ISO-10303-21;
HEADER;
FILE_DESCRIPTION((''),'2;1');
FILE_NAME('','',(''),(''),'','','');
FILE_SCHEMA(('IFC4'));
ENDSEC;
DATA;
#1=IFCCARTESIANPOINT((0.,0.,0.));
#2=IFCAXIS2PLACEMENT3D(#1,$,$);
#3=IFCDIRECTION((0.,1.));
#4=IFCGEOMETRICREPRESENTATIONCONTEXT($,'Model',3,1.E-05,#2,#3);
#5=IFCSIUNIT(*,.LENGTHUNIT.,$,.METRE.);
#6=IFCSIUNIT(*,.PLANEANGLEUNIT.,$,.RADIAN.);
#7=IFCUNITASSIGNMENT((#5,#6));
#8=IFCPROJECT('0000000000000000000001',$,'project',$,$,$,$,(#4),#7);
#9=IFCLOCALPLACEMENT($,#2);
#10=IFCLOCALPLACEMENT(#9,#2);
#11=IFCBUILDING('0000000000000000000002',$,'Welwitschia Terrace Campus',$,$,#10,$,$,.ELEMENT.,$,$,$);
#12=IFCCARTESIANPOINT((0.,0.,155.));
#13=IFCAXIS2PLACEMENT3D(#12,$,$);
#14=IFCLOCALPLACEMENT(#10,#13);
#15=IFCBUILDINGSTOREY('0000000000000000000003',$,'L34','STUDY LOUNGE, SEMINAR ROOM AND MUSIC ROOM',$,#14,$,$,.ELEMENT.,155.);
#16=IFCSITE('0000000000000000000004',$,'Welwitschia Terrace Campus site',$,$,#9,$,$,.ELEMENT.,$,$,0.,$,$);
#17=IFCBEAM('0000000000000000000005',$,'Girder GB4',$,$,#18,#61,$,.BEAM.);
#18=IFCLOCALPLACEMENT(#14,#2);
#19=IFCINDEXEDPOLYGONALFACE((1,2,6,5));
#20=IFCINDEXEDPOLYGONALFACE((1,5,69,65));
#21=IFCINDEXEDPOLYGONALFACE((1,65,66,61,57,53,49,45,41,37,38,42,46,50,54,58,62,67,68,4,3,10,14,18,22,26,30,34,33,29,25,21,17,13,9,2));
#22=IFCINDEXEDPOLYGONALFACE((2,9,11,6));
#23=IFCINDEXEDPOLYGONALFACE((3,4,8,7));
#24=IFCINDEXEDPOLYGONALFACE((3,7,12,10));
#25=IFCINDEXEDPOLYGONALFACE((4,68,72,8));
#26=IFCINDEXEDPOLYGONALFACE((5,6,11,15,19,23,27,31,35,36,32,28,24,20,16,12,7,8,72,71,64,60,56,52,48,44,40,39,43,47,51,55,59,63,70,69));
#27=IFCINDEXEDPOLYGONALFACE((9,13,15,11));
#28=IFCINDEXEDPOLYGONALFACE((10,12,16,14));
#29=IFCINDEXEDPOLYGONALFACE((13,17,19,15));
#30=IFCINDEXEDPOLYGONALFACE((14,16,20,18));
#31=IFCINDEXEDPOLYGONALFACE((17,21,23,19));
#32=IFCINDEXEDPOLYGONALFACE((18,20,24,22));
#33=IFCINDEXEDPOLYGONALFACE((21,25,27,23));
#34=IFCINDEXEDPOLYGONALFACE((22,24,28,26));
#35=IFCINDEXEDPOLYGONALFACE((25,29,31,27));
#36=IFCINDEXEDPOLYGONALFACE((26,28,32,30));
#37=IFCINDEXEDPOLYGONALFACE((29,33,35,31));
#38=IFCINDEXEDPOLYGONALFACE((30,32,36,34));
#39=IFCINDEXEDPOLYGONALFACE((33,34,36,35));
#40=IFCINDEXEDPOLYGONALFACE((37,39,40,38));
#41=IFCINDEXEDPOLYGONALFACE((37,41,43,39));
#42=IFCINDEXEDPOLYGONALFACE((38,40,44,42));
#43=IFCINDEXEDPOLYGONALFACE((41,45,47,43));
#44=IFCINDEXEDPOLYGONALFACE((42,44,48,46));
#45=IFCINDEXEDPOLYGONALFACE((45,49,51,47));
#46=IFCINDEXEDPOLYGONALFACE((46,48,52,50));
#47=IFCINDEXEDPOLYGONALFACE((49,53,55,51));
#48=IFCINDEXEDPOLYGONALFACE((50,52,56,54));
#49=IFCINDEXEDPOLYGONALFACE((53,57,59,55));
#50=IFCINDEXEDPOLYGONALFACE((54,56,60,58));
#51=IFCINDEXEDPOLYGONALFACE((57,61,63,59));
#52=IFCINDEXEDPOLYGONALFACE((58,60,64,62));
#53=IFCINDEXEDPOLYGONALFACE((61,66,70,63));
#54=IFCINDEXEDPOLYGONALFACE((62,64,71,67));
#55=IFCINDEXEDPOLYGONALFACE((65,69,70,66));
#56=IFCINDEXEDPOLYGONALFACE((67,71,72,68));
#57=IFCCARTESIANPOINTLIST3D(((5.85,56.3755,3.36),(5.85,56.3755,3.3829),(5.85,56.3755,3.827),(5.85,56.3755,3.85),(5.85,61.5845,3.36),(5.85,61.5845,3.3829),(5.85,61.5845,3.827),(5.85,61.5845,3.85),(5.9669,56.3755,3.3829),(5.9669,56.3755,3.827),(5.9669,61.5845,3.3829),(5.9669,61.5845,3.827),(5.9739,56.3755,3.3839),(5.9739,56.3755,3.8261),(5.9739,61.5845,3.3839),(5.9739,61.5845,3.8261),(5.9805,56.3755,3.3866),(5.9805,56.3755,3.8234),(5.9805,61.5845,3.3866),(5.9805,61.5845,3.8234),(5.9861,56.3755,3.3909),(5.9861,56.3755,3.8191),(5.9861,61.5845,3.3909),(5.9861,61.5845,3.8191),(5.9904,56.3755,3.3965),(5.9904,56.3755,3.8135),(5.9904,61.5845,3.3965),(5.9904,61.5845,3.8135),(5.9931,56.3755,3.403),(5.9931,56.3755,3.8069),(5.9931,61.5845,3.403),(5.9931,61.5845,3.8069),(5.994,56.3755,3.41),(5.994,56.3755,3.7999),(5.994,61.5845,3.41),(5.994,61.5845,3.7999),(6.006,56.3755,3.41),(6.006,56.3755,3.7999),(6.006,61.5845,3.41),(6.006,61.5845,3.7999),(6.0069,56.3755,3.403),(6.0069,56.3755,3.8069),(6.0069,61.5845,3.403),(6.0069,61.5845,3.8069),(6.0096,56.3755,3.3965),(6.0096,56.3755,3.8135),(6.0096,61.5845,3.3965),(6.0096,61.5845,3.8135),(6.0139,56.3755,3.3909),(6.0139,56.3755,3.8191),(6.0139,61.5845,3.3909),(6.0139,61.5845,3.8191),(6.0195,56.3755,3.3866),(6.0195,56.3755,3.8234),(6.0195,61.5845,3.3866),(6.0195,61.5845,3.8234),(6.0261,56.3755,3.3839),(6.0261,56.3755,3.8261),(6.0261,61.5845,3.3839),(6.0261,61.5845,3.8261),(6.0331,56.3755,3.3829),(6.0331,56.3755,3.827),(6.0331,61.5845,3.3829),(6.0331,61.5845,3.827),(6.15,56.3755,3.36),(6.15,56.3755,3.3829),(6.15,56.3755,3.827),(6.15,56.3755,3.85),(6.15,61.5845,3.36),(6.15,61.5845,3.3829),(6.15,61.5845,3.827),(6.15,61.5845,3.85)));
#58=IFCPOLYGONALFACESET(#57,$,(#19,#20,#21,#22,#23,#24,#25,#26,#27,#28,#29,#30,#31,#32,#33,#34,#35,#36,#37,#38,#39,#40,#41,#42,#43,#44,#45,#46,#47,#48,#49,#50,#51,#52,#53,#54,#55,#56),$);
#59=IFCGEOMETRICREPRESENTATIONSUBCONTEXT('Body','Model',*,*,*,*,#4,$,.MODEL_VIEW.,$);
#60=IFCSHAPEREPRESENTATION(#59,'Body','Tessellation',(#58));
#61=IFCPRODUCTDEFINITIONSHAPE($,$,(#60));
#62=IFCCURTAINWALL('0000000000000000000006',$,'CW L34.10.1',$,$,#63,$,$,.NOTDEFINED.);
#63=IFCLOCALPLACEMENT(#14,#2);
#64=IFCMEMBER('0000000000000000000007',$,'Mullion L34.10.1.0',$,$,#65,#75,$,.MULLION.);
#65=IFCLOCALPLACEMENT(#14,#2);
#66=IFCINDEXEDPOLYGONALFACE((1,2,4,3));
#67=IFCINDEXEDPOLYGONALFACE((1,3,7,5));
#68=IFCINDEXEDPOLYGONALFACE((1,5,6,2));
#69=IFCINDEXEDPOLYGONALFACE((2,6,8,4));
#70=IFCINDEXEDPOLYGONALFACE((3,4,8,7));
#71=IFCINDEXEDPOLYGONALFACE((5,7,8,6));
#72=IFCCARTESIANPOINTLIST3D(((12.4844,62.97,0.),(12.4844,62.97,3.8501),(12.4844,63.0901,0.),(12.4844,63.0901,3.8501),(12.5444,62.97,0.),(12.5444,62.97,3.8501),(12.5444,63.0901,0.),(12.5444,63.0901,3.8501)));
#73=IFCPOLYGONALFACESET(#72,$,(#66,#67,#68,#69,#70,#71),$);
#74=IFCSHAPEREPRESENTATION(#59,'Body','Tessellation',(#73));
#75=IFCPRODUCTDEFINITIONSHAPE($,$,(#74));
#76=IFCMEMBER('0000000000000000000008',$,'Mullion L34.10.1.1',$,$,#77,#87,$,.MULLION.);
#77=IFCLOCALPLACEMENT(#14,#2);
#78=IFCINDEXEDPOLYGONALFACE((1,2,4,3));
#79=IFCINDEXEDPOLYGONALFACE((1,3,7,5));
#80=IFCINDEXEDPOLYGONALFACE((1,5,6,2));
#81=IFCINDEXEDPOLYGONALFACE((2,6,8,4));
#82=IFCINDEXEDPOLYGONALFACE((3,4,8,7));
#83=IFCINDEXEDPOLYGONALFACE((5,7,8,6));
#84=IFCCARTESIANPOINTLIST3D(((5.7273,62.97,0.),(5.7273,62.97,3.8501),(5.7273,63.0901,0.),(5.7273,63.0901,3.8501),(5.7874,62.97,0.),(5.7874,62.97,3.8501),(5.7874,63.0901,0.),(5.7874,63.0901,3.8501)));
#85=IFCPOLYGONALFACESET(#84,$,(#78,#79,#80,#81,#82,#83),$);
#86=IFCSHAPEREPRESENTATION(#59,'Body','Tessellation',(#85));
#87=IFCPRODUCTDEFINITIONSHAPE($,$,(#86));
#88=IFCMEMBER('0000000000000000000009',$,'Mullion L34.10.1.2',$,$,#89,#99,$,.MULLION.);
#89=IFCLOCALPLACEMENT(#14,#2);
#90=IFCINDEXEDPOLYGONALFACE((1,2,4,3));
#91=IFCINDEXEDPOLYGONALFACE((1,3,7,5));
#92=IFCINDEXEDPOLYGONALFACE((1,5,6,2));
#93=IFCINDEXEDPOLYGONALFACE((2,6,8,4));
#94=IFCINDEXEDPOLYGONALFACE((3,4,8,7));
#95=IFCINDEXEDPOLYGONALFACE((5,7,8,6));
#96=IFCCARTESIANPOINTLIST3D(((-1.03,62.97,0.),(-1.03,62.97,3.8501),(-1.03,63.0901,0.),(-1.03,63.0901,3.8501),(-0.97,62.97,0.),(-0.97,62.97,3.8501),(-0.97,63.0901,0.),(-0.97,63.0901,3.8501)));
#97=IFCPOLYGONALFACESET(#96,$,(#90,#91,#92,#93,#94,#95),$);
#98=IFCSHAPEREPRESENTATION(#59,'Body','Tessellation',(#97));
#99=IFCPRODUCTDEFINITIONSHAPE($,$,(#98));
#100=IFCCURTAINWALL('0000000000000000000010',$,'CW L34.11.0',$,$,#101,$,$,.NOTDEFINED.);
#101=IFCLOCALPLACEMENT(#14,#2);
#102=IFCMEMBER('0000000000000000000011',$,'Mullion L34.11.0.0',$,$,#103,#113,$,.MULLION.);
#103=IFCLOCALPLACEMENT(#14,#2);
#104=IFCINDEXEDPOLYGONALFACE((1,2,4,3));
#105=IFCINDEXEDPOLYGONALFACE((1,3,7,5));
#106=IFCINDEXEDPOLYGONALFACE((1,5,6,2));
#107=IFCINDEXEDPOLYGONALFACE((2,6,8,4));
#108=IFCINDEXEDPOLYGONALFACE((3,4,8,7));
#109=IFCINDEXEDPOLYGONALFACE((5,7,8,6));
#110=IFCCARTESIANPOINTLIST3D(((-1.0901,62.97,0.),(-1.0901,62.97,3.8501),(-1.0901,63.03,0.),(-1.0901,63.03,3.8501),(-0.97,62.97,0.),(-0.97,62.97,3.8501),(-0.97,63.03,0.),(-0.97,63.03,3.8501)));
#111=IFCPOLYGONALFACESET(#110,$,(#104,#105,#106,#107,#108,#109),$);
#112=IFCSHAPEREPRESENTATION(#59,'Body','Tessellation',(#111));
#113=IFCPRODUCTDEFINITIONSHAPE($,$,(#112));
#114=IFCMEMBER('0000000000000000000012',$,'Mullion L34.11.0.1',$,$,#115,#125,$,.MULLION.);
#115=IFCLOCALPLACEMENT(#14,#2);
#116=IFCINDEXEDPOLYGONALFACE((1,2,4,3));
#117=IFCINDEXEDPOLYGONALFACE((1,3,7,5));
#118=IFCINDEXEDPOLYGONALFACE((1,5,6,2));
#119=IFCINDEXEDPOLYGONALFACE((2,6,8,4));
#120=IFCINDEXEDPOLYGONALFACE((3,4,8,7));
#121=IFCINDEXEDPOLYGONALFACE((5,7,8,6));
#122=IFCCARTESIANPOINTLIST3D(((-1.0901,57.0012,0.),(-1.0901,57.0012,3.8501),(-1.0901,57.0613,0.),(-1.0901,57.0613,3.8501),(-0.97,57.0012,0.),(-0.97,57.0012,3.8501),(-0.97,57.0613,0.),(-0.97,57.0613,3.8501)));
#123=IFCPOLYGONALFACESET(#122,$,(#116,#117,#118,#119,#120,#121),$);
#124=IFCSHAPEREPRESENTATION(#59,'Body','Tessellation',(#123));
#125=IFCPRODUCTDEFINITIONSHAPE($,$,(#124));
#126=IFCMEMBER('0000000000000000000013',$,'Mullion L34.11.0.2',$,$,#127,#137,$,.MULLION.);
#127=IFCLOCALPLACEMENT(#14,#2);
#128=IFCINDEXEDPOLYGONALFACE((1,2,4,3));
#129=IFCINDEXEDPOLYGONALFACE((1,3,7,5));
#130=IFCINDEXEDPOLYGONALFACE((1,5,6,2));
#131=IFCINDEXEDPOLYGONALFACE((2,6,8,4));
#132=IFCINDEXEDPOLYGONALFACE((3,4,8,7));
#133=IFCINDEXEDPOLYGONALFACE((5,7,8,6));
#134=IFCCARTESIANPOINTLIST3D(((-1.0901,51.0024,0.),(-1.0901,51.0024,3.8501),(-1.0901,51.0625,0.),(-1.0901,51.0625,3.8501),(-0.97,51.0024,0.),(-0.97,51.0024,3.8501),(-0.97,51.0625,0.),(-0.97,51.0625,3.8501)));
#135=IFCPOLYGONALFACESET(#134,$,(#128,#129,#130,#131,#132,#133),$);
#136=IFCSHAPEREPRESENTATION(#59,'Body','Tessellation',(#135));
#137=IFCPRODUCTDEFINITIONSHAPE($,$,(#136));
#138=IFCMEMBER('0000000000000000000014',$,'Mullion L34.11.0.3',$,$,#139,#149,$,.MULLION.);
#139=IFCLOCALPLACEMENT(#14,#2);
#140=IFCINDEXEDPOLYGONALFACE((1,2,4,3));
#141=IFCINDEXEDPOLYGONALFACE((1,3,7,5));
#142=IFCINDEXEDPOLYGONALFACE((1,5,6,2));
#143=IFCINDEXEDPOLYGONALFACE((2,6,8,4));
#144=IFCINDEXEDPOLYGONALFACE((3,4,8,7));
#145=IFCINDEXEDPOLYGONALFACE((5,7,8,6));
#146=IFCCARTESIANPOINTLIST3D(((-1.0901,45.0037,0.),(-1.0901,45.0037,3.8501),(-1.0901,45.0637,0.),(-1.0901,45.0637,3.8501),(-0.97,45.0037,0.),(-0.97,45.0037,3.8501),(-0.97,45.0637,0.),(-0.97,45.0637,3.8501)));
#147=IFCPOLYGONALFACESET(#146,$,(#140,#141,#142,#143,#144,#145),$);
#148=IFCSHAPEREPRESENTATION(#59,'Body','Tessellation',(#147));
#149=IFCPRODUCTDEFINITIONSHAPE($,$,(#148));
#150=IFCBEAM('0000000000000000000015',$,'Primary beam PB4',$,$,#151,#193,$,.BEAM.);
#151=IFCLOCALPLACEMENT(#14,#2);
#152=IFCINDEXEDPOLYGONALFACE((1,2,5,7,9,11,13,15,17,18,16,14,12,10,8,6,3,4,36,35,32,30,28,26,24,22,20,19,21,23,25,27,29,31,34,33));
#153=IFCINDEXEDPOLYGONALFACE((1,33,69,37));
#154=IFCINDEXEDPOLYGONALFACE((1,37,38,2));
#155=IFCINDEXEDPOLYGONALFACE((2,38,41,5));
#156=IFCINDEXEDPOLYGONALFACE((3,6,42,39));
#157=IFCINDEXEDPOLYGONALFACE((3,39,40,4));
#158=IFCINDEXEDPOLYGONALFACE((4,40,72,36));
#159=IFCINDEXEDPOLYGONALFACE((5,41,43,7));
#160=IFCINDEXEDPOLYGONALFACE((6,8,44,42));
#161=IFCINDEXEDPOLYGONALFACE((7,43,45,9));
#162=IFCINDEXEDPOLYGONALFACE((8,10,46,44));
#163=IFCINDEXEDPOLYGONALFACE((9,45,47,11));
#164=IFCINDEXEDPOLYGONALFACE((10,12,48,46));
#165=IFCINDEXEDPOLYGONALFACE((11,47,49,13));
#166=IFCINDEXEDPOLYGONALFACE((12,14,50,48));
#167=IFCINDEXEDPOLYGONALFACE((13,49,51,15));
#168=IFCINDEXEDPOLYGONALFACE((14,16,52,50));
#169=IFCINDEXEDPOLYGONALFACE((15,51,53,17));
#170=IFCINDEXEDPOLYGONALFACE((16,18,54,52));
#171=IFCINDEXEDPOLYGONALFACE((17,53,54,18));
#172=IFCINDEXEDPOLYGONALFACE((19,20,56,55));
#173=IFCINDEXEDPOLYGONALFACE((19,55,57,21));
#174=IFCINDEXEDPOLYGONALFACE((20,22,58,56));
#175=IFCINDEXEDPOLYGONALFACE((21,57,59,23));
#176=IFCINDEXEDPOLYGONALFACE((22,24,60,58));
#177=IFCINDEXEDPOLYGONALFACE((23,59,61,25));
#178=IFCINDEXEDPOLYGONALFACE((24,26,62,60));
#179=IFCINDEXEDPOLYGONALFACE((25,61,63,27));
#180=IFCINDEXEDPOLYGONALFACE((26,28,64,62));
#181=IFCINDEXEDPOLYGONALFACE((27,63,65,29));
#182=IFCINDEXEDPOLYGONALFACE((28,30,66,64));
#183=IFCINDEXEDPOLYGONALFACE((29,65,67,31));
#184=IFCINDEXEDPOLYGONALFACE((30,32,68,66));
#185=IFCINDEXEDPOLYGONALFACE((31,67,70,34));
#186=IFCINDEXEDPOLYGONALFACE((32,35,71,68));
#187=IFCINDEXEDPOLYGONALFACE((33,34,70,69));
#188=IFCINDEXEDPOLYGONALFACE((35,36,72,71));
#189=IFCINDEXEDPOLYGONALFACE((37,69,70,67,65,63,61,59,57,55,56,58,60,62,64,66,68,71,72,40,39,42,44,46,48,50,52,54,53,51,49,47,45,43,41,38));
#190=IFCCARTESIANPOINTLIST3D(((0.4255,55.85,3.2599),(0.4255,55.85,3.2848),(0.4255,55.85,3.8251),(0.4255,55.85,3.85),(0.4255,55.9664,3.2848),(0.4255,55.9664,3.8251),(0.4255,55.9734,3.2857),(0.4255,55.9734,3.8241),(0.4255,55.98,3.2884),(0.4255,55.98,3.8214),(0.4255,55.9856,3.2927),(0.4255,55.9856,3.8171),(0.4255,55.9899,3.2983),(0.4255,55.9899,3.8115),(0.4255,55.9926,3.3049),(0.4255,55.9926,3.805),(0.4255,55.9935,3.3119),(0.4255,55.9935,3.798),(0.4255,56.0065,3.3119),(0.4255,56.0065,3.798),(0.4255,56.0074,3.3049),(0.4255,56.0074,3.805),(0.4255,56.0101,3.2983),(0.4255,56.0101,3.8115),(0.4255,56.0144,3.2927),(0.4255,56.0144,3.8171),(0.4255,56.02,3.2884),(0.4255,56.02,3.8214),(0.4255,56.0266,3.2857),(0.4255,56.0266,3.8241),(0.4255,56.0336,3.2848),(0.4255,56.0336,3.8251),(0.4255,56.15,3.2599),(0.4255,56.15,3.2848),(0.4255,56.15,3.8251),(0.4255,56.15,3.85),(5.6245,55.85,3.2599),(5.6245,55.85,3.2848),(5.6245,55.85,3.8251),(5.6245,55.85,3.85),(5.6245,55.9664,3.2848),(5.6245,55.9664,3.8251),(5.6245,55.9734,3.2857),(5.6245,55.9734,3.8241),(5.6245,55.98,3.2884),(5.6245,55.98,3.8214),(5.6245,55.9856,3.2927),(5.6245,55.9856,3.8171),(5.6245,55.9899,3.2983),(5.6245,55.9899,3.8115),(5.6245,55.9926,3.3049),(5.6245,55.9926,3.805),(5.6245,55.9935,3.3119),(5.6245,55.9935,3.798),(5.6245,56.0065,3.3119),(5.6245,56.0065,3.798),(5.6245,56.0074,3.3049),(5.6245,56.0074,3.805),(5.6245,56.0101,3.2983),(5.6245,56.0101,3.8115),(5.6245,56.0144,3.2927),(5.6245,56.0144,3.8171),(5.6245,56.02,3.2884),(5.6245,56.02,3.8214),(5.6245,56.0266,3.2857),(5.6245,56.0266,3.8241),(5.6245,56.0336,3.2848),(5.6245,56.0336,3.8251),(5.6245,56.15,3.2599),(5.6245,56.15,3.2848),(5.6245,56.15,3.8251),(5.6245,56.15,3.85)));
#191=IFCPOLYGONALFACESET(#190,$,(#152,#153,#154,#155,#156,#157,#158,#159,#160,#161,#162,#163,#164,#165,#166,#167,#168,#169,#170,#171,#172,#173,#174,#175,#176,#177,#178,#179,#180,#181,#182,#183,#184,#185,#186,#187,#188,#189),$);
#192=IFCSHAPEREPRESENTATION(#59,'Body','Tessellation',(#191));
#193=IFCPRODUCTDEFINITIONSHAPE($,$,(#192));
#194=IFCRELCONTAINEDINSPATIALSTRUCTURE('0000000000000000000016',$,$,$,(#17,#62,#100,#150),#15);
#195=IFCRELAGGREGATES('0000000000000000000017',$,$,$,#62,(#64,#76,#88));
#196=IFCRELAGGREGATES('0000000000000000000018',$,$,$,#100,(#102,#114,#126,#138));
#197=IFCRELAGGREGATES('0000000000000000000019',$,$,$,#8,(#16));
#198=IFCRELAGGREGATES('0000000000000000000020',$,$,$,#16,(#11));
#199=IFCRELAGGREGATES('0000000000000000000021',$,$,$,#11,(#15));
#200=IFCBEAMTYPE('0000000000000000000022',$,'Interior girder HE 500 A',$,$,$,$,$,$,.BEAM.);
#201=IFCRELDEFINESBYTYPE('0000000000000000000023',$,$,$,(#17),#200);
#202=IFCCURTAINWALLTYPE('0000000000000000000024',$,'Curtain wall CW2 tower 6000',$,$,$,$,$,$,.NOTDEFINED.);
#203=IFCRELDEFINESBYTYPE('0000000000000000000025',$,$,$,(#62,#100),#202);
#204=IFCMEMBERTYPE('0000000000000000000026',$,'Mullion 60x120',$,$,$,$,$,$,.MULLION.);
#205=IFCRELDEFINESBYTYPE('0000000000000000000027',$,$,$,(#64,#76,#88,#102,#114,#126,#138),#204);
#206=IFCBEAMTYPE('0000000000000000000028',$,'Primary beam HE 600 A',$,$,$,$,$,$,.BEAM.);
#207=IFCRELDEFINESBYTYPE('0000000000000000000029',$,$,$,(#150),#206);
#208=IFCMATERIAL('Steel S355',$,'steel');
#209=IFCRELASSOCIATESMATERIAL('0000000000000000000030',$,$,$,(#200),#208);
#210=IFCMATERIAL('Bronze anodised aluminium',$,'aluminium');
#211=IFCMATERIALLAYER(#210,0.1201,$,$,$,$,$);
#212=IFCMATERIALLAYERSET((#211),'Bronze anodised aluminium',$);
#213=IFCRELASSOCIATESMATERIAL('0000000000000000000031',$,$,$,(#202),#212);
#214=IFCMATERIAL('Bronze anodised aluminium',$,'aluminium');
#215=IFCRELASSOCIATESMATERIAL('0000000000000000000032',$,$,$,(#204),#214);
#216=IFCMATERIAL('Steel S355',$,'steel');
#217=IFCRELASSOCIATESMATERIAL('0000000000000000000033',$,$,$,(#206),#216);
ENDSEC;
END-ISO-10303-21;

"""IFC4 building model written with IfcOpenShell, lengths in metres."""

from ifc_helpers import new_model, si_unit, direction, frame, origin, origin_2d, place, context, subcontext, project, spatial, rectangle, i_section, extrude, material, layer, layer_set, material_profile, profile_set, type_object, element, aggregate, save


model = new_model("IFC4")

# Units and contexts
model_context = context("Model", 3, precision=1e-05, world=origin(), true_north=direction((0.0, 1.0)))
body_context = subcontext(model_context, "Body", "Model", "MODEL_VIEW")
ifc_project = project(units=[si_unit("LENGTHUNIT", "METRE"), si_unit("PLANEANGLEUNIT", "RADIAN")], contexts=[model_context])

# Site, building, storey
site_placement = place(None, origin())
site = spatial("IfcSite", under=ifc_project, at=site_placement, Name="Welwitschia Terrace Campus site", CompositionType="ELEMENT", RefElevation=0.0)
building_placement = place(site_placement, origin())
building = spatial("IfcBuilding", under=site, at=building_placement, Name="Welwitschia Terrace Campus", CompositionType="ELEMENT")
storey_placement = place(building_placement, frame((0.0, 0.0, 155.0)))
storey = spatial("IfcBuildingStorey", under=building, at=storey_placement, Name="L34", Description="STUDY LOUNGE, SEMINAR ROOM AND MUSIC ROOM", CompositionType="ELEMENT", Elevation=155.0)

# Beam
ifc_material_1 = material(Name="Steel S355", Category="steel")
ifc_material_profile_1 = material_profile(ifc_material_1, i_section(OverallWidth=0.3, OverallDepth=0.49, WebThickness=0.012, FlangeThickness=0.0229, FilletRadius=0.0271, at=origin_2d()))
ifc_profile_set_1 = profile_set([ifc_material_profile_1], Name="Steel S355")
beam_type_1 = type_object("IfcBeamType", Name="Interior girder HE 500 A", PredefinedType="BEAM", material=ifc_profile_set_1)
beam_1_placement = place(storey_placement, frame((6.0, 56.3755, 3.605), z_axis=(0.0, 1.0, 0.0), x_axis=(-1.0, 0.0, 0.0)))
element("IfcBeam", 1, at=beam_1_placement, inside=storey, type_object=beam_type_1, Name="Girder GB4", PredefinedType="BEAM", context=body_context, shape_type="SweptSolid", body=[
    extrude(i_section(OverallWidth=0.3, OverallDepth=0.49, WebThickness=0.012, FlangeThickness=0.0229, FilletRadius=0.0271, at=origin_2d()), origin(), (0.0, 0.0, 1.0), 5.209),
])

# Curtain walls, members
ifc_material_2 = material(Name="Bronze anodised aluminium", Category="aluminium")
ifc_layer_1 = layer(ifc_material_2, 0.1201)
ifc_layer_set_1 = layer_set([ifc_layer_1], Name="Bronze anodised aluminium")
curtain_wall_type = type_object("IfcCurtainWallType", Name="Curtain wall CW2 tower 6000", PredefinedType="NOTDEFINED", material=ifc_layer_set_1)
curtain_wall_1_placement = place(storey_placement, origin())
curtain_wall_1 = element("IfcCurtainWall", 2, at=curtain_wall_1_placement, inside=storey, type_object=curtain_wall_type, Name="CW L34.10.1", PredefinedType="NOTDEFINED")
ifc_material_3 = material(Name="Bronze anodised aluminium", Category="aluminium")
ifc_material_profile_2 = material_profile(ifc_material_3, rectangle(XDim=0.1201, YDim=0.0601, at=origin_2d()))
ifc_profile_set_2 = profile_set([ifc_material_profile_2], Name="Bronze anodised aluminium")
member_type_1 = type_object("IfcMemberType", Name="Mullion 60x120", PredefinedType="MULLION", material=ifc_profile_set_2)
member_1_placement = place(storey_placement, frame((12.5144, 63.03, 0.0), z_axis=(0.0, 0.0, 1.0), x_axis=(0.0, -1.0, 0.0)))
member_1 = element("IfcMember", 3, at=member_1_placement, type_object=member_type_1, Name="Mullion L34.10.1.0", PredefinedType="MULLION", context=body_context, shape_type="SweptSolid", body=[
    extrude(rectangle(XDim=0.1201, YDim=0.0601, at=origin_2d()), origin(), (0.0, 0.0, 1.0), 3.8501),
])
member_2_placement = place(storey_placement, frame((5.7573, 63.03, 0.0), z_axis=(0.0, 0.0, 1.0), x_axis=(0.0, -1.0, 0.0)))
member_2 = element("IfcMember", 4, at=member_2_placement, type_object=member_type_1, Name="Mullion L34.10.1.1", PredefinedType="MULLION", context=body_context, shape_type="SweptSolid", body=[
    extrude(rectangle(XDim=0.1201, YDim=0.0601, at=origin_2d()), origin(), (0.0, 0.0, 1.0), 3.8501),
])
member_3_placement = place(storey_placement, frame((-1.0, 63.03, 0.0), z_axis=(0.0, 0.0, 1.0), x_axis=(0.0, -1.0, 0.0)))
member_3 = element("IfcMember", 5, at=member_3_placement, type_object=member_type_1, Name="Mullion L34.10.1.2", PredefinedType="MULLION", context=body_context, shape_type="SweptSolid", body=[
    extrude(rectangle(XDim=0.1201, YDim=0.0601, at=origin_2d()), origin(), (0.0, 0.0, 1.0), 3.8501),
])
curtain_wall_2_placement = place(storey_placement, origin())
curtain_wall_2 = element("IfcCurtainWall", 6, at=curtain_wall_2_placement, inside=storey, type_object=curtain_wall_type, Name="CW L34.11.0", PredefinedType="NOTDEFINED")
member_4_placement = place(storey_placement, frame((-1.03, 63.0, 0.0), z_axis=(0.0, 0.0, 1.0), x_axis=(1.0, 0.0, 0.0)))
member_4 = element("IfcMember", 7, at=member_4_placement, type_object=member_type_1, Name="Mullion L34.11.0.0", PredefinedType="MULLION", context=body_context, shape_type="SweptSolid", body=[
    extrude(rectangle(XDim=0.1201, YDim=0.0601, at=origin_2d()), origin(), (0.0, 0.0, 1.0), 3.8501),
])
member_5_placement = place(storey_placement, frame((-1.03, 57.0312, 0.0), z_axis=(0.0, 0.0, 1.0), x_axis=(1.0, 0.0, 0.0)))
member_5 = element("IfcMember", 8, at=member_5_placement, type_object=member_type_1, Name="Mullion L34.11.0.1", PredefinedType="MULLION", context=body_context, shape_type="SweptSolid", body=[
    extrude(rectangle(XDim=0.1201, YDim=0.0601, at=origin_2d()), origin(), (0.0, 0.0, 1.0), 3.8501),
])
member_6_placement = place(storey_placement, frame((-1.03, 51.0325, 0.0), z_axis=(0.0, 0.0, 1.0), x_axis=(1.0, 0.0, 0.0)))
member_6 = element("IfcMember", 9, at=member_6_placement, type_object=member_type_1, Name="Mullion L34.11.0.2", PredefinedType="MULLION", context=body_context, shape_type="SweptSolid", body=[
    extrude(rectangle(XDim=0.1201, YDim=0.0601, at=origin_2d()), origin(), (0.0, 0.0, 1.0), 3.8501),
])
member_7_placement = place(storey_placement, frame((-1.03, 45.0337, 0.0), z_axis=(0.0, 0.0, 1.0), x_axis=(1.0, 0.0, 0.0)))
member_7 = element("IfcMember", 10, at=member_7_placement, type_object=member_type_1, Name="Mullion L34.11.0.3", PredefinedType="MULLION", context=body_context, shape_type="SweptSolid", body=[
    extrude(rectangle(XDim=0.1201, YDim=0.0601, at=origin_2d()), origin(), (0.0, 0.0, 1.0), 3.8501),
])

# Beam
ifc_material_4 = material(Name="Steel S355", Category="steel")
ifc_material_profile_3 = material_profile(ifc_material_4, i_section(OverallWidth=0.3, OverallDepth=0.5901, WebThickness=0.0129, FlangeThickness=0.0249, FilletRadius=0.0271, at=origin_2d()))
ifc_profile_set_3 = profile_set([ifc_material_profile_3], Name="Steel S355")
beam_type_2 = type_object("IfcBeamType", Name="Primary beam HE 600 A", PredefinedType="BEAM", material=ifc_profile_set_3)
for number, where, z_axis, x_axis, name in (
    (11, (0.4255, 56.0, 3.5549), (1.0, 0.0, 0.0), (0.0, 1.0, 0.0), "Primary beam PB4"),
):
    element("IfcBeam", number, at=place(storey_placement, frame(where, z_axis=z_axis, x_axis=x_axis)), inside=storey, type_object=beam_type_2, Name=name, PredefinedType="BEAM", context=body_context, shape_type="SweptSolid", body=[
        extrude(i_section(OverallWidth=0.3, OverallDepth=0.5901, WebThickness=0.0129, FlangeThickness=0.0249, FilletRadius=0.0271, at=origin_2d()), origin(), (0.0, 0.0, 1.0), 5.199),
    ])

aggregate(curtain_wall_1, [member_1, member_2, member_3])
aggregate(curtain_wall_2, [member_4, member_5, member_6, member_7])

save(model, "model.ifc")
